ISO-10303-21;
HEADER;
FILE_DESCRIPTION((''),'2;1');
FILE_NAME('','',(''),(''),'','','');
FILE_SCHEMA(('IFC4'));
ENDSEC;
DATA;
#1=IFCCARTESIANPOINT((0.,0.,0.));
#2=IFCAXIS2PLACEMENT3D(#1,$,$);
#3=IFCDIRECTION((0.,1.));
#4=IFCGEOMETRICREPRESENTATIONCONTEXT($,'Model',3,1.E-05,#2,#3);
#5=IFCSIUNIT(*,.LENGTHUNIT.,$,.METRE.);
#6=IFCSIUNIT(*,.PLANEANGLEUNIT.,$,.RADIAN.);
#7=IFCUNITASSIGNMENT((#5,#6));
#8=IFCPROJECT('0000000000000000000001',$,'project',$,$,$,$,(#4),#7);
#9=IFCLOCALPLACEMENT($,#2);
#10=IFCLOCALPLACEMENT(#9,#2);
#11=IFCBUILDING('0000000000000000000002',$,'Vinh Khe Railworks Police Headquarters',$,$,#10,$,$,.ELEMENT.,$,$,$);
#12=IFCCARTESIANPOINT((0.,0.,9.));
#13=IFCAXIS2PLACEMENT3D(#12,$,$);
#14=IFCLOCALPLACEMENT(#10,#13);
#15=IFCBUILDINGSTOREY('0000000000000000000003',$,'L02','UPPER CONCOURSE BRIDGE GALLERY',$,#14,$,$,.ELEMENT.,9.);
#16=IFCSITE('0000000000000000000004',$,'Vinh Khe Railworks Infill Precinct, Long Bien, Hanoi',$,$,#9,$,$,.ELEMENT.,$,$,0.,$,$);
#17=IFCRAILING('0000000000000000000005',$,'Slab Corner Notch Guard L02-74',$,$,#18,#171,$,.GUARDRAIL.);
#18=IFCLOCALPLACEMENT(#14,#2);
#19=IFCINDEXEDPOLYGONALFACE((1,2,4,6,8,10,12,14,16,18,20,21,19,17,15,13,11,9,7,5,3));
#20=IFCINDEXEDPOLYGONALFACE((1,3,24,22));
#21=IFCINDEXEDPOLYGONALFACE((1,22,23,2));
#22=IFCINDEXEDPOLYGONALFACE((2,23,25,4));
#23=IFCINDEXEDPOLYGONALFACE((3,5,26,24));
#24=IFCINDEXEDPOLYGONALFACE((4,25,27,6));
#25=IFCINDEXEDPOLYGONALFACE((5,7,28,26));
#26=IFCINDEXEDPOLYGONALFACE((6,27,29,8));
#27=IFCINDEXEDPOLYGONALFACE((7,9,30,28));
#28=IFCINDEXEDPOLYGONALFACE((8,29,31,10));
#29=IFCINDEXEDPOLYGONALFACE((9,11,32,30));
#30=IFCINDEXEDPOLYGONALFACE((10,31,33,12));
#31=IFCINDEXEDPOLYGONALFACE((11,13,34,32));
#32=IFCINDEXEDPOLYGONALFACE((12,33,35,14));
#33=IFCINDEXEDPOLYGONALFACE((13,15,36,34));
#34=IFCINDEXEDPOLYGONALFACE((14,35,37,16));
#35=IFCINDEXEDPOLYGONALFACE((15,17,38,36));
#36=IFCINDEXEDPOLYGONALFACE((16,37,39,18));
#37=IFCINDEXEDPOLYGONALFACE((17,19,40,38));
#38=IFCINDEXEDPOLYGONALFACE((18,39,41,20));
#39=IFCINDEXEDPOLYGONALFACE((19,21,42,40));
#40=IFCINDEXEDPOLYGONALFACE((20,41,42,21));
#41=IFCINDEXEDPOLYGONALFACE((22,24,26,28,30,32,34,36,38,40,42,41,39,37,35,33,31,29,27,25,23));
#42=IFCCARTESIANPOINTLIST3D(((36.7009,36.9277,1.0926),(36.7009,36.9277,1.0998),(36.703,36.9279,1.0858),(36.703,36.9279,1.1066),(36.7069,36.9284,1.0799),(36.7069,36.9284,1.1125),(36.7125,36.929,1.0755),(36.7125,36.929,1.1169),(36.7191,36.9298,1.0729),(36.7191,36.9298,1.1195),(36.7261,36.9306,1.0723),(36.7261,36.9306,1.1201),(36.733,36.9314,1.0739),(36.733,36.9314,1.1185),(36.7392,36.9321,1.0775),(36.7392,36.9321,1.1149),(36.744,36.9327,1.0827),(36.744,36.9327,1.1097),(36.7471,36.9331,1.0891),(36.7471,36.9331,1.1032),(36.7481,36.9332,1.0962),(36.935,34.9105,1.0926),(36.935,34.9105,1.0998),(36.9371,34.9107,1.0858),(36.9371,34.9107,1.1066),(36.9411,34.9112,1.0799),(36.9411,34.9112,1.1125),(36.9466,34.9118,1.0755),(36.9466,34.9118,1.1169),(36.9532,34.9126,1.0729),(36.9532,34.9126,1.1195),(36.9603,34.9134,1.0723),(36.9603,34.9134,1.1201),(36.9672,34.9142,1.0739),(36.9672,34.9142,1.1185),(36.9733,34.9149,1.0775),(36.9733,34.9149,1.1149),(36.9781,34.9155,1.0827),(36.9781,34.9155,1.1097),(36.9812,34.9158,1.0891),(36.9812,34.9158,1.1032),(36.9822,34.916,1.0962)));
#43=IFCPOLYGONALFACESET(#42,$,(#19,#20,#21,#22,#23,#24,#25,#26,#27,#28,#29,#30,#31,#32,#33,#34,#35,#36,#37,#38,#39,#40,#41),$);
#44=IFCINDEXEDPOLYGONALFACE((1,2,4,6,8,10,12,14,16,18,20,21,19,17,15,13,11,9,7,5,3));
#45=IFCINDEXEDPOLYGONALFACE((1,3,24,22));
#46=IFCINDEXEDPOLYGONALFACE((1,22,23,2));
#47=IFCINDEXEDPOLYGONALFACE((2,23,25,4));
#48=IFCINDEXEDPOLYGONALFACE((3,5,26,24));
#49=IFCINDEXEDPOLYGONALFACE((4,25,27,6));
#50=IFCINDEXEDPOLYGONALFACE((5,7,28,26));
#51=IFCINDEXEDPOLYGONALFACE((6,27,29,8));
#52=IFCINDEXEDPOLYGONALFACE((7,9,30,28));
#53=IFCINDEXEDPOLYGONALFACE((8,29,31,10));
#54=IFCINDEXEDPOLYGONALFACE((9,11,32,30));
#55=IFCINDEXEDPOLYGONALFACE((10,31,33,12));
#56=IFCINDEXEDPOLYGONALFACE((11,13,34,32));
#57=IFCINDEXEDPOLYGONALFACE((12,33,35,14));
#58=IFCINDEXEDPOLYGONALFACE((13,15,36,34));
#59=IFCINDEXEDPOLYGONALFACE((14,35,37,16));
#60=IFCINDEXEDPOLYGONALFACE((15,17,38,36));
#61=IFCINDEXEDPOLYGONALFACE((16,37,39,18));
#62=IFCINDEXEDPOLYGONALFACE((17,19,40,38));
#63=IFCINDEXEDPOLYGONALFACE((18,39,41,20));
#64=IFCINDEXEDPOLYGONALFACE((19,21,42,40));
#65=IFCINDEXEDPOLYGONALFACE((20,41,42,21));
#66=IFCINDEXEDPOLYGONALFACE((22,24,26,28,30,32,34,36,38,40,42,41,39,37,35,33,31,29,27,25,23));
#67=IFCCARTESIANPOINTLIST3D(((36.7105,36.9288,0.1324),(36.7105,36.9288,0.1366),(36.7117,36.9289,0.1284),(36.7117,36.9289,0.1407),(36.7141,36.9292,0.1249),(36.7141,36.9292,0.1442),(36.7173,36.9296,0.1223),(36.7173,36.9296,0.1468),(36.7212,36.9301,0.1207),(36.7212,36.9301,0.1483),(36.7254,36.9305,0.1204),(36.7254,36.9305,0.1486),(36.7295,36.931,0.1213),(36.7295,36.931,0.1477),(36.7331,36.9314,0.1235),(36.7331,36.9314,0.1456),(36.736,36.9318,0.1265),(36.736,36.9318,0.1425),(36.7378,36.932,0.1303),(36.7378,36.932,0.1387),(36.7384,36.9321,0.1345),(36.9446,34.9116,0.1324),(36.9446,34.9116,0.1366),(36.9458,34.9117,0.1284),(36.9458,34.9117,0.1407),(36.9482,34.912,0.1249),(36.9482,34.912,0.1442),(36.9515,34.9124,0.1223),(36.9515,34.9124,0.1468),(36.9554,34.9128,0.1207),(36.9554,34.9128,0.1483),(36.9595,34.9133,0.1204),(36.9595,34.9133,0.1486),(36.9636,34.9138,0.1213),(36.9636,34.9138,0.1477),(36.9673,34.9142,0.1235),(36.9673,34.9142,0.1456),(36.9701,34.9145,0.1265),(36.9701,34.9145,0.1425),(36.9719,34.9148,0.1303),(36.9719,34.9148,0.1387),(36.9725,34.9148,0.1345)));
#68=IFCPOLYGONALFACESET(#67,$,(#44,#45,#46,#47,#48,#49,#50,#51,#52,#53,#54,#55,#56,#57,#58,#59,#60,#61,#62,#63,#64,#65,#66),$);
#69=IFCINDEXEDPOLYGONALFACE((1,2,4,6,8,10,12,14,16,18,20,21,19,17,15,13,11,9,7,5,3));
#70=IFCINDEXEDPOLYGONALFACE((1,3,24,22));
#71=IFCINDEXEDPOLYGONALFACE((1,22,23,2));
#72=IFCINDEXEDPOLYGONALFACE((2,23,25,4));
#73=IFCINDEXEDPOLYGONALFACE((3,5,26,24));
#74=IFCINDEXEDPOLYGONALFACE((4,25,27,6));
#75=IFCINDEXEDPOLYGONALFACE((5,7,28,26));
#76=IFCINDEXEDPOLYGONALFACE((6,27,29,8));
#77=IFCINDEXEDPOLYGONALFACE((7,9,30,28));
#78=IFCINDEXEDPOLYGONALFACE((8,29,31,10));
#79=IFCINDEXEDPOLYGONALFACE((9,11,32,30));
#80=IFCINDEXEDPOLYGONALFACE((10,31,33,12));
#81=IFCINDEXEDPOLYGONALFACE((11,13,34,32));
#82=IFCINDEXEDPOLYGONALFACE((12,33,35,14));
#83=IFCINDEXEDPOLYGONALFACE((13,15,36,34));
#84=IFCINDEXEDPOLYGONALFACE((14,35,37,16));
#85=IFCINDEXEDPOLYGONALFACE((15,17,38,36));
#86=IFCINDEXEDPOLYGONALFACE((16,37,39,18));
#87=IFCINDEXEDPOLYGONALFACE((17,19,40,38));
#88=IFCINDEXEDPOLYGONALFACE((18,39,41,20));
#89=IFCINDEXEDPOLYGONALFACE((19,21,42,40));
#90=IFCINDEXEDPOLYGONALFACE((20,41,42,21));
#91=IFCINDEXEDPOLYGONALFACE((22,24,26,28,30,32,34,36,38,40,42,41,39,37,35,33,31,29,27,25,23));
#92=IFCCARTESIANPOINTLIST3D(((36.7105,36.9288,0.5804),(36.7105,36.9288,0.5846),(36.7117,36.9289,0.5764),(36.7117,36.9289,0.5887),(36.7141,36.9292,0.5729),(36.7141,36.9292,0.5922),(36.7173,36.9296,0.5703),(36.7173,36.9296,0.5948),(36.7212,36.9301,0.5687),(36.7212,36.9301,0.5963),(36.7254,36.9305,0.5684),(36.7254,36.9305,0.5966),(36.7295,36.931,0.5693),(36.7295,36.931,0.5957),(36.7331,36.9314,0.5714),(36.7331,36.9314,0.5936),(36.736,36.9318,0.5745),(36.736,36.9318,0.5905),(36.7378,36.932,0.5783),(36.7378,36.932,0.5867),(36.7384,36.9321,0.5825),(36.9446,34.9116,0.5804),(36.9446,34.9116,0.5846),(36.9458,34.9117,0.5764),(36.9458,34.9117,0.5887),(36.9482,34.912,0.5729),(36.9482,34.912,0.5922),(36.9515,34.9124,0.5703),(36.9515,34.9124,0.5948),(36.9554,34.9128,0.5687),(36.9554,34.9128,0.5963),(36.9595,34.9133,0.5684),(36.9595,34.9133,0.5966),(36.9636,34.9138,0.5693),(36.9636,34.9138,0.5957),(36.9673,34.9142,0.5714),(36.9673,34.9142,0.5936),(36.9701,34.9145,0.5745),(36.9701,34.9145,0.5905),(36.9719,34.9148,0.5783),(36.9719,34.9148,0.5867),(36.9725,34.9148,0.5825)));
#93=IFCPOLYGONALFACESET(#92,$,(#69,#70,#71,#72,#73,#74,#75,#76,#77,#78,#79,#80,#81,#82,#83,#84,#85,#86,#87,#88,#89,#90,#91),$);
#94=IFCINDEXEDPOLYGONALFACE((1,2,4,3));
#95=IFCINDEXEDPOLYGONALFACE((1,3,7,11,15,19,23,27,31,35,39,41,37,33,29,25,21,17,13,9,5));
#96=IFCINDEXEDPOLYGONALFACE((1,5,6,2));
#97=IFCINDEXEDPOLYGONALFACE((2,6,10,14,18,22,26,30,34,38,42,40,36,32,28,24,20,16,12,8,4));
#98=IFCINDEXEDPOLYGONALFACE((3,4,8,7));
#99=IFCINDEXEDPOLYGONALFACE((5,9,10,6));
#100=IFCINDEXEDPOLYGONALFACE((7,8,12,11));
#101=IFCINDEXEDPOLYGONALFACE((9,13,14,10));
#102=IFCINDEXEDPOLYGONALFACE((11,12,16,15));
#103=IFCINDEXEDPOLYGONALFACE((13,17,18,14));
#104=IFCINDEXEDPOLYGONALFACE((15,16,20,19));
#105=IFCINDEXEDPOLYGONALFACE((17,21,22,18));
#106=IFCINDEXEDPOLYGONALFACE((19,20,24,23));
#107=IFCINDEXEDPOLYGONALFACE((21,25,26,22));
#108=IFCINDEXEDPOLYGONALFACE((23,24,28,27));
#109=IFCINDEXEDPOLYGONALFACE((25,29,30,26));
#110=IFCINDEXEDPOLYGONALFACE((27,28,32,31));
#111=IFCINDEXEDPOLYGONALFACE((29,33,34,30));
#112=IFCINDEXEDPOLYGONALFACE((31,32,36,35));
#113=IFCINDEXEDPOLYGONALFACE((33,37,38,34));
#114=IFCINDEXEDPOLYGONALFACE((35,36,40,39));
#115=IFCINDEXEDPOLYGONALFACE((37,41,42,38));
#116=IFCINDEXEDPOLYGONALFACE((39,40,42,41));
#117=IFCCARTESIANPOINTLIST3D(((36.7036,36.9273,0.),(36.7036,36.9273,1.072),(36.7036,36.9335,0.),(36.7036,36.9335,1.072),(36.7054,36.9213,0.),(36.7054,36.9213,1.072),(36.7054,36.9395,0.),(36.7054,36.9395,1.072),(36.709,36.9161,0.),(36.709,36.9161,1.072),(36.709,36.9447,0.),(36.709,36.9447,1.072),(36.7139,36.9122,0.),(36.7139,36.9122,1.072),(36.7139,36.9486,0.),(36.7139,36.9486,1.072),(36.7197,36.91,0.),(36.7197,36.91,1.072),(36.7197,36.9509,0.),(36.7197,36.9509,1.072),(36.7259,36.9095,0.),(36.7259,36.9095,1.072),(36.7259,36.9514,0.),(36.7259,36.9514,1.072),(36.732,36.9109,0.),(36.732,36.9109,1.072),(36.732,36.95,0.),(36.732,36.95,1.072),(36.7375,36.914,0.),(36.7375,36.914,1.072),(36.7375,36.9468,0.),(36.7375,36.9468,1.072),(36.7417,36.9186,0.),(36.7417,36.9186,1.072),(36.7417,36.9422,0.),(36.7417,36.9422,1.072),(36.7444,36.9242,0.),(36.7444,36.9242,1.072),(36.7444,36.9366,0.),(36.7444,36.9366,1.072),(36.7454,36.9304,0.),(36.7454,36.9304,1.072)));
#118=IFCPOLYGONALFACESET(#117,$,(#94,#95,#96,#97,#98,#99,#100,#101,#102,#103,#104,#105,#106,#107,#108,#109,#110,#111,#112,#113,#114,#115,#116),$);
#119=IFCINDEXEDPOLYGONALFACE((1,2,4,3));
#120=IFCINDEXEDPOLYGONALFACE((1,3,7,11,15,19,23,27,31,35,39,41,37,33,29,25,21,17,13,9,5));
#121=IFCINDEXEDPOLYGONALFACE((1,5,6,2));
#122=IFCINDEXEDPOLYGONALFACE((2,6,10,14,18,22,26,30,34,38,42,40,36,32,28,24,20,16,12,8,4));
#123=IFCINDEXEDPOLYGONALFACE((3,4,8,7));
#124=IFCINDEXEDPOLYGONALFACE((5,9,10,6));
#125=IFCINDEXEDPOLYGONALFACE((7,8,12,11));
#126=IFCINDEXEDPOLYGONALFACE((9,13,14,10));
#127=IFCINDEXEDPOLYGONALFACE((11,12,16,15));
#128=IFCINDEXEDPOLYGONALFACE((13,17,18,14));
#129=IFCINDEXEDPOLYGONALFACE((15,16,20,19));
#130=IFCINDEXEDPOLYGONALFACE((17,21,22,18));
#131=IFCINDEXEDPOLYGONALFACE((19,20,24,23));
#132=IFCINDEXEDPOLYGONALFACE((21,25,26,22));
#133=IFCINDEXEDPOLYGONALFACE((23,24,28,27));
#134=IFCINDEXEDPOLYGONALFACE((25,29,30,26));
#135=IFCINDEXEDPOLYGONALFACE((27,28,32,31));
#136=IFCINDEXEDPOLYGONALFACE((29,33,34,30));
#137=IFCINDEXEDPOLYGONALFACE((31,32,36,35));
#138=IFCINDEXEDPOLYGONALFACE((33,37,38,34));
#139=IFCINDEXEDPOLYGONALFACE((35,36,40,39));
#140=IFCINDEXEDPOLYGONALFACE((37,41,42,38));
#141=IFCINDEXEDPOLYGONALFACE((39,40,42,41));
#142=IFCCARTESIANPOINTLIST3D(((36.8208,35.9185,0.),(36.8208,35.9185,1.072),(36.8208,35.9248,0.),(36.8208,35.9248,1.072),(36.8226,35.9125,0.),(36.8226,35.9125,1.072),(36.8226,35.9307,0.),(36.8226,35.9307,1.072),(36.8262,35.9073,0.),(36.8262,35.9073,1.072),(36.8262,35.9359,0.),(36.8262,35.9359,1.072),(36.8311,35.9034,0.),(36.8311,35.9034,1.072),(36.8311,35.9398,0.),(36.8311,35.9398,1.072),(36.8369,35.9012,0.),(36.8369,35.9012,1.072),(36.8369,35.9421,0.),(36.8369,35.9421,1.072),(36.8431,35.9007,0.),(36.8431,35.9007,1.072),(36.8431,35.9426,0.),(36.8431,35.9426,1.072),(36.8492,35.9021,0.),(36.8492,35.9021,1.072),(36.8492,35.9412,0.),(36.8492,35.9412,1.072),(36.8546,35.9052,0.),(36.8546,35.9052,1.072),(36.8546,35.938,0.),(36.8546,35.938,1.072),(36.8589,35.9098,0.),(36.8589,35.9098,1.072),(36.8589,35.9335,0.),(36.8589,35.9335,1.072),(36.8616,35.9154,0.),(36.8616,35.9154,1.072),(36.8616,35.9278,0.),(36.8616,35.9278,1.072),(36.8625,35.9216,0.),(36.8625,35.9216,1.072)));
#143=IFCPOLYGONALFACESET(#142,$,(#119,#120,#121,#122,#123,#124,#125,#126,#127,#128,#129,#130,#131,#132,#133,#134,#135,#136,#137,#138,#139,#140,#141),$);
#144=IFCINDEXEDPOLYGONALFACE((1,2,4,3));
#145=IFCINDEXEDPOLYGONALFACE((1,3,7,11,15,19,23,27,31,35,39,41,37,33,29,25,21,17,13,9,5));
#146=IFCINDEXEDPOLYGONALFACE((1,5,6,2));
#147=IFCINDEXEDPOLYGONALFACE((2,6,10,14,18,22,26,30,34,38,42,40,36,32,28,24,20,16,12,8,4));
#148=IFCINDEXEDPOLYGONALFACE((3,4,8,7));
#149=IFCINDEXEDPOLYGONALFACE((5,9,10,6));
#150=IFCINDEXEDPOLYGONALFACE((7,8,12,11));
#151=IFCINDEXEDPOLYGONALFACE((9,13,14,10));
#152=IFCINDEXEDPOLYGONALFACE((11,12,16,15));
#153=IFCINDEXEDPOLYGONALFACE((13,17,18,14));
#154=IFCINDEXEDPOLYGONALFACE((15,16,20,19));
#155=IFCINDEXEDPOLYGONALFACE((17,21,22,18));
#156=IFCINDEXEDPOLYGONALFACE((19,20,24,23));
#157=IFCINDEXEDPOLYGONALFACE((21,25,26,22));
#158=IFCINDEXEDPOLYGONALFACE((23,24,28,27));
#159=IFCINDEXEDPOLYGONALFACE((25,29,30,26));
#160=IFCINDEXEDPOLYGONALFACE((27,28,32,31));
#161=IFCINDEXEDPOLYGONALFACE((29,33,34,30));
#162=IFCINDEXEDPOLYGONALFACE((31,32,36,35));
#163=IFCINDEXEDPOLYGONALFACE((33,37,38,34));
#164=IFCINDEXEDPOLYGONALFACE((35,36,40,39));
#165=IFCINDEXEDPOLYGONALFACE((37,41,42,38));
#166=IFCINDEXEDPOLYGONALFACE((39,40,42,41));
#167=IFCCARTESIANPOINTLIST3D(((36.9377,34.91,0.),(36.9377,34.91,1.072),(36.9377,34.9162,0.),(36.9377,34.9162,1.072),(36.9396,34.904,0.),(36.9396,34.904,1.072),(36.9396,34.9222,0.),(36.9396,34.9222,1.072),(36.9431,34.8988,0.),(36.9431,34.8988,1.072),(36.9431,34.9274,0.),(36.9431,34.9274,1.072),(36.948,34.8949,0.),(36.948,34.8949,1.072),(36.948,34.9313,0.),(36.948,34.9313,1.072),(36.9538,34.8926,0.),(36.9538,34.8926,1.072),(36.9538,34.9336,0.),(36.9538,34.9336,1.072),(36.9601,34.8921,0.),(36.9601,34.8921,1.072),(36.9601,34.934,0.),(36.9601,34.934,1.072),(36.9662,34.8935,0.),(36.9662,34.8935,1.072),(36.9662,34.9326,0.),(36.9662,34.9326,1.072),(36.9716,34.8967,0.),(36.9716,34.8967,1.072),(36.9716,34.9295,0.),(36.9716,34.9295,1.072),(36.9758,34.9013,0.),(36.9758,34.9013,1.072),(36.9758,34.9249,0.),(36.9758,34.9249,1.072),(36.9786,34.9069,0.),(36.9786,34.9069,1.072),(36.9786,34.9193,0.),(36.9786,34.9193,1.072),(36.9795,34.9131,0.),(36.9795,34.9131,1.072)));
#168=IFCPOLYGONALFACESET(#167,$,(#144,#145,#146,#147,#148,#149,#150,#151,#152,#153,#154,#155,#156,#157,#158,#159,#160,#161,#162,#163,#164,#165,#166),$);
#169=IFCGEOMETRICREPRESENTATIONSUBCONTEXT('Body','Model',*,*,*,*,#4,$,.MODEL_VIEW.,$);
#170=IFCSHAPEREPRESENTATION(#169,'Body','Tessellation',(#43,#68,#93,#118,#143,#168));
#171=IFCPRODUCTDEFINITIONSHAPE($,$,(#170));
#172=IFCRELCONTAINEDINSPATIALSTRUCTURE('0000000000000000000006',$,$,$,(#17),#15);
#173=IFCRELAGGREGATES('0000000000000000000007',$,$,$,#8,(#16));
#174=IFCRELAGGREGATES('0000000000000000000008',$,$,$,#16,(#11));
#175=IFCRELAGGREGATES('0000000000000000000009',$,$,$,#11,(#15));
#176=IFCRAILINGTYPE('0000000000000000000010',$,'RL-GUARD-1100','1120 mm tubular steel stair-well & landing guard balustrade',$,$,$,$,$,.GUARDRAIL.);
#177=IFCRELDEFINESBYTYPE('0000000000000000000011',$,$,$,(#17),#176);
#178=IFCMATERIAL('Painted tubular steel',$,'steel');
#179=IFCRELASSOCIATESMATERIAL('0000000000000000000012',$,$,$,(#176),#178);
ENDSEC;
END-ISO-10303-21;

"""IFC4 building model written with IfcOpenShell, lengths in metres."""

from ifc_helpers import new_model, si_unit, direction, frame, origin, origin_2d, place, context, subcontext, project, spatial, circle, extrude, material, type_object, element, save


model = new_model("IFC4")

# Units and contexts
model_context = context("Model", 3, precision=1e-05, world=origin(), true_north=direction((0.0, 1.0)))
body_context = subcontext(model_context, "Body", "Model", "MODEL_VIEW")
ifc_project = project(units=[si_unit("LENGTHUNIT", "METRE"), si_unit("PLANEANGLEUNIT", "RADIAN")], contexts=[model_context])

# Site, building, storey
site_placement = place(None, origin())
site = spatial("IfcSite", under=ifc_project, at=site_placement, Name="Vinh Khe Railworks Infill Precinct, Long Bien, Hanoi", CompositionType="ELEMENT", RefElevation=0.0)
building_placement = place(site_placement, origin())
building = spatial("IfcBuilding", under=site, at=building_placement, Name="Vinh Khe Railworks Police Headquarters", CompositionType="ELEMENT")
storey_placement = place(building_placement, frame((0.0, 0.0, 9.0)))
storey = spatial("IfcBuildingStorey", under=building, at=storey_placement, Name="L02", Description="UPPER CONCOURSE BRIDGE GALLERY", CompositionType="ELEMENT", Elevation=9.0)

# Railing
ifc_material_1 = material(Name="Painted tubular steel", Category="steel")
railing_type = type_object("IfcRailingType", Name="RL-GUARD-1100", Description="1120 mm tubular steel stair-well & landing guard balustrade", PredefinedType="GUARDRAIL", material=ifc_material_1)
railing_1_placement = place(storey_placement, frame((36.7244, 36.9304, 0.0)))
element("IfcRailing", 1, at=railing_1_placement, inside=storey, type_object=railing_type, Name="Slab Corner Notch Guard L02-74", PredefinedType="GUARDRAIL", context=body_context, shape_type="SweptSolid", body=[
    extrude(circle(Radius=0.0239, at=origin_2d()), frame((0.0, 0.0, 1.0962), z_axis=(0.115286, -0.993332, 0.0), x_axis=(0.993332, 0.115286, 0.0)), (0.0, 0.0, 1.0), 2.0308),
    extrude(circle(Radius=0.0142, at=origin_2d()), frame((0.0, 0.0, 0.1345), z_axis=(0.115286, -0.993332, 0.0), x_axis=(0.993332, 0.115286, 0.0)), (0.0, 0.0, 1.0), 2.0308),
    extrude(circle(Radius=0.0142, at=origin_2d()), frame((0.0, 0.0, 0.5825), z_axis=(0.115286, -0.993332, 0.0), x_axis=(0.993332, 0.115286, 0.0)), (0.0, 0.0, 1.0), 2.0308),
    extrude(circle(Radius=0.021, at=origin_2d()), origin(), (0.0, 0.0, 1.0), 1.072),
    extrude(circle(Radius=0.021, at=origin_2d()), frame((0.1172, -1.0088, 0.0)), (0.0, 0.0, 1.0), 1.072),
    extrude(circle(Radius=0.021, at=origin_2d()), frame((0.2341, -2.0173, 0.0)), (0.0, 0.0, 1.0), 1.072),
])

save(model, "model.ifc")
